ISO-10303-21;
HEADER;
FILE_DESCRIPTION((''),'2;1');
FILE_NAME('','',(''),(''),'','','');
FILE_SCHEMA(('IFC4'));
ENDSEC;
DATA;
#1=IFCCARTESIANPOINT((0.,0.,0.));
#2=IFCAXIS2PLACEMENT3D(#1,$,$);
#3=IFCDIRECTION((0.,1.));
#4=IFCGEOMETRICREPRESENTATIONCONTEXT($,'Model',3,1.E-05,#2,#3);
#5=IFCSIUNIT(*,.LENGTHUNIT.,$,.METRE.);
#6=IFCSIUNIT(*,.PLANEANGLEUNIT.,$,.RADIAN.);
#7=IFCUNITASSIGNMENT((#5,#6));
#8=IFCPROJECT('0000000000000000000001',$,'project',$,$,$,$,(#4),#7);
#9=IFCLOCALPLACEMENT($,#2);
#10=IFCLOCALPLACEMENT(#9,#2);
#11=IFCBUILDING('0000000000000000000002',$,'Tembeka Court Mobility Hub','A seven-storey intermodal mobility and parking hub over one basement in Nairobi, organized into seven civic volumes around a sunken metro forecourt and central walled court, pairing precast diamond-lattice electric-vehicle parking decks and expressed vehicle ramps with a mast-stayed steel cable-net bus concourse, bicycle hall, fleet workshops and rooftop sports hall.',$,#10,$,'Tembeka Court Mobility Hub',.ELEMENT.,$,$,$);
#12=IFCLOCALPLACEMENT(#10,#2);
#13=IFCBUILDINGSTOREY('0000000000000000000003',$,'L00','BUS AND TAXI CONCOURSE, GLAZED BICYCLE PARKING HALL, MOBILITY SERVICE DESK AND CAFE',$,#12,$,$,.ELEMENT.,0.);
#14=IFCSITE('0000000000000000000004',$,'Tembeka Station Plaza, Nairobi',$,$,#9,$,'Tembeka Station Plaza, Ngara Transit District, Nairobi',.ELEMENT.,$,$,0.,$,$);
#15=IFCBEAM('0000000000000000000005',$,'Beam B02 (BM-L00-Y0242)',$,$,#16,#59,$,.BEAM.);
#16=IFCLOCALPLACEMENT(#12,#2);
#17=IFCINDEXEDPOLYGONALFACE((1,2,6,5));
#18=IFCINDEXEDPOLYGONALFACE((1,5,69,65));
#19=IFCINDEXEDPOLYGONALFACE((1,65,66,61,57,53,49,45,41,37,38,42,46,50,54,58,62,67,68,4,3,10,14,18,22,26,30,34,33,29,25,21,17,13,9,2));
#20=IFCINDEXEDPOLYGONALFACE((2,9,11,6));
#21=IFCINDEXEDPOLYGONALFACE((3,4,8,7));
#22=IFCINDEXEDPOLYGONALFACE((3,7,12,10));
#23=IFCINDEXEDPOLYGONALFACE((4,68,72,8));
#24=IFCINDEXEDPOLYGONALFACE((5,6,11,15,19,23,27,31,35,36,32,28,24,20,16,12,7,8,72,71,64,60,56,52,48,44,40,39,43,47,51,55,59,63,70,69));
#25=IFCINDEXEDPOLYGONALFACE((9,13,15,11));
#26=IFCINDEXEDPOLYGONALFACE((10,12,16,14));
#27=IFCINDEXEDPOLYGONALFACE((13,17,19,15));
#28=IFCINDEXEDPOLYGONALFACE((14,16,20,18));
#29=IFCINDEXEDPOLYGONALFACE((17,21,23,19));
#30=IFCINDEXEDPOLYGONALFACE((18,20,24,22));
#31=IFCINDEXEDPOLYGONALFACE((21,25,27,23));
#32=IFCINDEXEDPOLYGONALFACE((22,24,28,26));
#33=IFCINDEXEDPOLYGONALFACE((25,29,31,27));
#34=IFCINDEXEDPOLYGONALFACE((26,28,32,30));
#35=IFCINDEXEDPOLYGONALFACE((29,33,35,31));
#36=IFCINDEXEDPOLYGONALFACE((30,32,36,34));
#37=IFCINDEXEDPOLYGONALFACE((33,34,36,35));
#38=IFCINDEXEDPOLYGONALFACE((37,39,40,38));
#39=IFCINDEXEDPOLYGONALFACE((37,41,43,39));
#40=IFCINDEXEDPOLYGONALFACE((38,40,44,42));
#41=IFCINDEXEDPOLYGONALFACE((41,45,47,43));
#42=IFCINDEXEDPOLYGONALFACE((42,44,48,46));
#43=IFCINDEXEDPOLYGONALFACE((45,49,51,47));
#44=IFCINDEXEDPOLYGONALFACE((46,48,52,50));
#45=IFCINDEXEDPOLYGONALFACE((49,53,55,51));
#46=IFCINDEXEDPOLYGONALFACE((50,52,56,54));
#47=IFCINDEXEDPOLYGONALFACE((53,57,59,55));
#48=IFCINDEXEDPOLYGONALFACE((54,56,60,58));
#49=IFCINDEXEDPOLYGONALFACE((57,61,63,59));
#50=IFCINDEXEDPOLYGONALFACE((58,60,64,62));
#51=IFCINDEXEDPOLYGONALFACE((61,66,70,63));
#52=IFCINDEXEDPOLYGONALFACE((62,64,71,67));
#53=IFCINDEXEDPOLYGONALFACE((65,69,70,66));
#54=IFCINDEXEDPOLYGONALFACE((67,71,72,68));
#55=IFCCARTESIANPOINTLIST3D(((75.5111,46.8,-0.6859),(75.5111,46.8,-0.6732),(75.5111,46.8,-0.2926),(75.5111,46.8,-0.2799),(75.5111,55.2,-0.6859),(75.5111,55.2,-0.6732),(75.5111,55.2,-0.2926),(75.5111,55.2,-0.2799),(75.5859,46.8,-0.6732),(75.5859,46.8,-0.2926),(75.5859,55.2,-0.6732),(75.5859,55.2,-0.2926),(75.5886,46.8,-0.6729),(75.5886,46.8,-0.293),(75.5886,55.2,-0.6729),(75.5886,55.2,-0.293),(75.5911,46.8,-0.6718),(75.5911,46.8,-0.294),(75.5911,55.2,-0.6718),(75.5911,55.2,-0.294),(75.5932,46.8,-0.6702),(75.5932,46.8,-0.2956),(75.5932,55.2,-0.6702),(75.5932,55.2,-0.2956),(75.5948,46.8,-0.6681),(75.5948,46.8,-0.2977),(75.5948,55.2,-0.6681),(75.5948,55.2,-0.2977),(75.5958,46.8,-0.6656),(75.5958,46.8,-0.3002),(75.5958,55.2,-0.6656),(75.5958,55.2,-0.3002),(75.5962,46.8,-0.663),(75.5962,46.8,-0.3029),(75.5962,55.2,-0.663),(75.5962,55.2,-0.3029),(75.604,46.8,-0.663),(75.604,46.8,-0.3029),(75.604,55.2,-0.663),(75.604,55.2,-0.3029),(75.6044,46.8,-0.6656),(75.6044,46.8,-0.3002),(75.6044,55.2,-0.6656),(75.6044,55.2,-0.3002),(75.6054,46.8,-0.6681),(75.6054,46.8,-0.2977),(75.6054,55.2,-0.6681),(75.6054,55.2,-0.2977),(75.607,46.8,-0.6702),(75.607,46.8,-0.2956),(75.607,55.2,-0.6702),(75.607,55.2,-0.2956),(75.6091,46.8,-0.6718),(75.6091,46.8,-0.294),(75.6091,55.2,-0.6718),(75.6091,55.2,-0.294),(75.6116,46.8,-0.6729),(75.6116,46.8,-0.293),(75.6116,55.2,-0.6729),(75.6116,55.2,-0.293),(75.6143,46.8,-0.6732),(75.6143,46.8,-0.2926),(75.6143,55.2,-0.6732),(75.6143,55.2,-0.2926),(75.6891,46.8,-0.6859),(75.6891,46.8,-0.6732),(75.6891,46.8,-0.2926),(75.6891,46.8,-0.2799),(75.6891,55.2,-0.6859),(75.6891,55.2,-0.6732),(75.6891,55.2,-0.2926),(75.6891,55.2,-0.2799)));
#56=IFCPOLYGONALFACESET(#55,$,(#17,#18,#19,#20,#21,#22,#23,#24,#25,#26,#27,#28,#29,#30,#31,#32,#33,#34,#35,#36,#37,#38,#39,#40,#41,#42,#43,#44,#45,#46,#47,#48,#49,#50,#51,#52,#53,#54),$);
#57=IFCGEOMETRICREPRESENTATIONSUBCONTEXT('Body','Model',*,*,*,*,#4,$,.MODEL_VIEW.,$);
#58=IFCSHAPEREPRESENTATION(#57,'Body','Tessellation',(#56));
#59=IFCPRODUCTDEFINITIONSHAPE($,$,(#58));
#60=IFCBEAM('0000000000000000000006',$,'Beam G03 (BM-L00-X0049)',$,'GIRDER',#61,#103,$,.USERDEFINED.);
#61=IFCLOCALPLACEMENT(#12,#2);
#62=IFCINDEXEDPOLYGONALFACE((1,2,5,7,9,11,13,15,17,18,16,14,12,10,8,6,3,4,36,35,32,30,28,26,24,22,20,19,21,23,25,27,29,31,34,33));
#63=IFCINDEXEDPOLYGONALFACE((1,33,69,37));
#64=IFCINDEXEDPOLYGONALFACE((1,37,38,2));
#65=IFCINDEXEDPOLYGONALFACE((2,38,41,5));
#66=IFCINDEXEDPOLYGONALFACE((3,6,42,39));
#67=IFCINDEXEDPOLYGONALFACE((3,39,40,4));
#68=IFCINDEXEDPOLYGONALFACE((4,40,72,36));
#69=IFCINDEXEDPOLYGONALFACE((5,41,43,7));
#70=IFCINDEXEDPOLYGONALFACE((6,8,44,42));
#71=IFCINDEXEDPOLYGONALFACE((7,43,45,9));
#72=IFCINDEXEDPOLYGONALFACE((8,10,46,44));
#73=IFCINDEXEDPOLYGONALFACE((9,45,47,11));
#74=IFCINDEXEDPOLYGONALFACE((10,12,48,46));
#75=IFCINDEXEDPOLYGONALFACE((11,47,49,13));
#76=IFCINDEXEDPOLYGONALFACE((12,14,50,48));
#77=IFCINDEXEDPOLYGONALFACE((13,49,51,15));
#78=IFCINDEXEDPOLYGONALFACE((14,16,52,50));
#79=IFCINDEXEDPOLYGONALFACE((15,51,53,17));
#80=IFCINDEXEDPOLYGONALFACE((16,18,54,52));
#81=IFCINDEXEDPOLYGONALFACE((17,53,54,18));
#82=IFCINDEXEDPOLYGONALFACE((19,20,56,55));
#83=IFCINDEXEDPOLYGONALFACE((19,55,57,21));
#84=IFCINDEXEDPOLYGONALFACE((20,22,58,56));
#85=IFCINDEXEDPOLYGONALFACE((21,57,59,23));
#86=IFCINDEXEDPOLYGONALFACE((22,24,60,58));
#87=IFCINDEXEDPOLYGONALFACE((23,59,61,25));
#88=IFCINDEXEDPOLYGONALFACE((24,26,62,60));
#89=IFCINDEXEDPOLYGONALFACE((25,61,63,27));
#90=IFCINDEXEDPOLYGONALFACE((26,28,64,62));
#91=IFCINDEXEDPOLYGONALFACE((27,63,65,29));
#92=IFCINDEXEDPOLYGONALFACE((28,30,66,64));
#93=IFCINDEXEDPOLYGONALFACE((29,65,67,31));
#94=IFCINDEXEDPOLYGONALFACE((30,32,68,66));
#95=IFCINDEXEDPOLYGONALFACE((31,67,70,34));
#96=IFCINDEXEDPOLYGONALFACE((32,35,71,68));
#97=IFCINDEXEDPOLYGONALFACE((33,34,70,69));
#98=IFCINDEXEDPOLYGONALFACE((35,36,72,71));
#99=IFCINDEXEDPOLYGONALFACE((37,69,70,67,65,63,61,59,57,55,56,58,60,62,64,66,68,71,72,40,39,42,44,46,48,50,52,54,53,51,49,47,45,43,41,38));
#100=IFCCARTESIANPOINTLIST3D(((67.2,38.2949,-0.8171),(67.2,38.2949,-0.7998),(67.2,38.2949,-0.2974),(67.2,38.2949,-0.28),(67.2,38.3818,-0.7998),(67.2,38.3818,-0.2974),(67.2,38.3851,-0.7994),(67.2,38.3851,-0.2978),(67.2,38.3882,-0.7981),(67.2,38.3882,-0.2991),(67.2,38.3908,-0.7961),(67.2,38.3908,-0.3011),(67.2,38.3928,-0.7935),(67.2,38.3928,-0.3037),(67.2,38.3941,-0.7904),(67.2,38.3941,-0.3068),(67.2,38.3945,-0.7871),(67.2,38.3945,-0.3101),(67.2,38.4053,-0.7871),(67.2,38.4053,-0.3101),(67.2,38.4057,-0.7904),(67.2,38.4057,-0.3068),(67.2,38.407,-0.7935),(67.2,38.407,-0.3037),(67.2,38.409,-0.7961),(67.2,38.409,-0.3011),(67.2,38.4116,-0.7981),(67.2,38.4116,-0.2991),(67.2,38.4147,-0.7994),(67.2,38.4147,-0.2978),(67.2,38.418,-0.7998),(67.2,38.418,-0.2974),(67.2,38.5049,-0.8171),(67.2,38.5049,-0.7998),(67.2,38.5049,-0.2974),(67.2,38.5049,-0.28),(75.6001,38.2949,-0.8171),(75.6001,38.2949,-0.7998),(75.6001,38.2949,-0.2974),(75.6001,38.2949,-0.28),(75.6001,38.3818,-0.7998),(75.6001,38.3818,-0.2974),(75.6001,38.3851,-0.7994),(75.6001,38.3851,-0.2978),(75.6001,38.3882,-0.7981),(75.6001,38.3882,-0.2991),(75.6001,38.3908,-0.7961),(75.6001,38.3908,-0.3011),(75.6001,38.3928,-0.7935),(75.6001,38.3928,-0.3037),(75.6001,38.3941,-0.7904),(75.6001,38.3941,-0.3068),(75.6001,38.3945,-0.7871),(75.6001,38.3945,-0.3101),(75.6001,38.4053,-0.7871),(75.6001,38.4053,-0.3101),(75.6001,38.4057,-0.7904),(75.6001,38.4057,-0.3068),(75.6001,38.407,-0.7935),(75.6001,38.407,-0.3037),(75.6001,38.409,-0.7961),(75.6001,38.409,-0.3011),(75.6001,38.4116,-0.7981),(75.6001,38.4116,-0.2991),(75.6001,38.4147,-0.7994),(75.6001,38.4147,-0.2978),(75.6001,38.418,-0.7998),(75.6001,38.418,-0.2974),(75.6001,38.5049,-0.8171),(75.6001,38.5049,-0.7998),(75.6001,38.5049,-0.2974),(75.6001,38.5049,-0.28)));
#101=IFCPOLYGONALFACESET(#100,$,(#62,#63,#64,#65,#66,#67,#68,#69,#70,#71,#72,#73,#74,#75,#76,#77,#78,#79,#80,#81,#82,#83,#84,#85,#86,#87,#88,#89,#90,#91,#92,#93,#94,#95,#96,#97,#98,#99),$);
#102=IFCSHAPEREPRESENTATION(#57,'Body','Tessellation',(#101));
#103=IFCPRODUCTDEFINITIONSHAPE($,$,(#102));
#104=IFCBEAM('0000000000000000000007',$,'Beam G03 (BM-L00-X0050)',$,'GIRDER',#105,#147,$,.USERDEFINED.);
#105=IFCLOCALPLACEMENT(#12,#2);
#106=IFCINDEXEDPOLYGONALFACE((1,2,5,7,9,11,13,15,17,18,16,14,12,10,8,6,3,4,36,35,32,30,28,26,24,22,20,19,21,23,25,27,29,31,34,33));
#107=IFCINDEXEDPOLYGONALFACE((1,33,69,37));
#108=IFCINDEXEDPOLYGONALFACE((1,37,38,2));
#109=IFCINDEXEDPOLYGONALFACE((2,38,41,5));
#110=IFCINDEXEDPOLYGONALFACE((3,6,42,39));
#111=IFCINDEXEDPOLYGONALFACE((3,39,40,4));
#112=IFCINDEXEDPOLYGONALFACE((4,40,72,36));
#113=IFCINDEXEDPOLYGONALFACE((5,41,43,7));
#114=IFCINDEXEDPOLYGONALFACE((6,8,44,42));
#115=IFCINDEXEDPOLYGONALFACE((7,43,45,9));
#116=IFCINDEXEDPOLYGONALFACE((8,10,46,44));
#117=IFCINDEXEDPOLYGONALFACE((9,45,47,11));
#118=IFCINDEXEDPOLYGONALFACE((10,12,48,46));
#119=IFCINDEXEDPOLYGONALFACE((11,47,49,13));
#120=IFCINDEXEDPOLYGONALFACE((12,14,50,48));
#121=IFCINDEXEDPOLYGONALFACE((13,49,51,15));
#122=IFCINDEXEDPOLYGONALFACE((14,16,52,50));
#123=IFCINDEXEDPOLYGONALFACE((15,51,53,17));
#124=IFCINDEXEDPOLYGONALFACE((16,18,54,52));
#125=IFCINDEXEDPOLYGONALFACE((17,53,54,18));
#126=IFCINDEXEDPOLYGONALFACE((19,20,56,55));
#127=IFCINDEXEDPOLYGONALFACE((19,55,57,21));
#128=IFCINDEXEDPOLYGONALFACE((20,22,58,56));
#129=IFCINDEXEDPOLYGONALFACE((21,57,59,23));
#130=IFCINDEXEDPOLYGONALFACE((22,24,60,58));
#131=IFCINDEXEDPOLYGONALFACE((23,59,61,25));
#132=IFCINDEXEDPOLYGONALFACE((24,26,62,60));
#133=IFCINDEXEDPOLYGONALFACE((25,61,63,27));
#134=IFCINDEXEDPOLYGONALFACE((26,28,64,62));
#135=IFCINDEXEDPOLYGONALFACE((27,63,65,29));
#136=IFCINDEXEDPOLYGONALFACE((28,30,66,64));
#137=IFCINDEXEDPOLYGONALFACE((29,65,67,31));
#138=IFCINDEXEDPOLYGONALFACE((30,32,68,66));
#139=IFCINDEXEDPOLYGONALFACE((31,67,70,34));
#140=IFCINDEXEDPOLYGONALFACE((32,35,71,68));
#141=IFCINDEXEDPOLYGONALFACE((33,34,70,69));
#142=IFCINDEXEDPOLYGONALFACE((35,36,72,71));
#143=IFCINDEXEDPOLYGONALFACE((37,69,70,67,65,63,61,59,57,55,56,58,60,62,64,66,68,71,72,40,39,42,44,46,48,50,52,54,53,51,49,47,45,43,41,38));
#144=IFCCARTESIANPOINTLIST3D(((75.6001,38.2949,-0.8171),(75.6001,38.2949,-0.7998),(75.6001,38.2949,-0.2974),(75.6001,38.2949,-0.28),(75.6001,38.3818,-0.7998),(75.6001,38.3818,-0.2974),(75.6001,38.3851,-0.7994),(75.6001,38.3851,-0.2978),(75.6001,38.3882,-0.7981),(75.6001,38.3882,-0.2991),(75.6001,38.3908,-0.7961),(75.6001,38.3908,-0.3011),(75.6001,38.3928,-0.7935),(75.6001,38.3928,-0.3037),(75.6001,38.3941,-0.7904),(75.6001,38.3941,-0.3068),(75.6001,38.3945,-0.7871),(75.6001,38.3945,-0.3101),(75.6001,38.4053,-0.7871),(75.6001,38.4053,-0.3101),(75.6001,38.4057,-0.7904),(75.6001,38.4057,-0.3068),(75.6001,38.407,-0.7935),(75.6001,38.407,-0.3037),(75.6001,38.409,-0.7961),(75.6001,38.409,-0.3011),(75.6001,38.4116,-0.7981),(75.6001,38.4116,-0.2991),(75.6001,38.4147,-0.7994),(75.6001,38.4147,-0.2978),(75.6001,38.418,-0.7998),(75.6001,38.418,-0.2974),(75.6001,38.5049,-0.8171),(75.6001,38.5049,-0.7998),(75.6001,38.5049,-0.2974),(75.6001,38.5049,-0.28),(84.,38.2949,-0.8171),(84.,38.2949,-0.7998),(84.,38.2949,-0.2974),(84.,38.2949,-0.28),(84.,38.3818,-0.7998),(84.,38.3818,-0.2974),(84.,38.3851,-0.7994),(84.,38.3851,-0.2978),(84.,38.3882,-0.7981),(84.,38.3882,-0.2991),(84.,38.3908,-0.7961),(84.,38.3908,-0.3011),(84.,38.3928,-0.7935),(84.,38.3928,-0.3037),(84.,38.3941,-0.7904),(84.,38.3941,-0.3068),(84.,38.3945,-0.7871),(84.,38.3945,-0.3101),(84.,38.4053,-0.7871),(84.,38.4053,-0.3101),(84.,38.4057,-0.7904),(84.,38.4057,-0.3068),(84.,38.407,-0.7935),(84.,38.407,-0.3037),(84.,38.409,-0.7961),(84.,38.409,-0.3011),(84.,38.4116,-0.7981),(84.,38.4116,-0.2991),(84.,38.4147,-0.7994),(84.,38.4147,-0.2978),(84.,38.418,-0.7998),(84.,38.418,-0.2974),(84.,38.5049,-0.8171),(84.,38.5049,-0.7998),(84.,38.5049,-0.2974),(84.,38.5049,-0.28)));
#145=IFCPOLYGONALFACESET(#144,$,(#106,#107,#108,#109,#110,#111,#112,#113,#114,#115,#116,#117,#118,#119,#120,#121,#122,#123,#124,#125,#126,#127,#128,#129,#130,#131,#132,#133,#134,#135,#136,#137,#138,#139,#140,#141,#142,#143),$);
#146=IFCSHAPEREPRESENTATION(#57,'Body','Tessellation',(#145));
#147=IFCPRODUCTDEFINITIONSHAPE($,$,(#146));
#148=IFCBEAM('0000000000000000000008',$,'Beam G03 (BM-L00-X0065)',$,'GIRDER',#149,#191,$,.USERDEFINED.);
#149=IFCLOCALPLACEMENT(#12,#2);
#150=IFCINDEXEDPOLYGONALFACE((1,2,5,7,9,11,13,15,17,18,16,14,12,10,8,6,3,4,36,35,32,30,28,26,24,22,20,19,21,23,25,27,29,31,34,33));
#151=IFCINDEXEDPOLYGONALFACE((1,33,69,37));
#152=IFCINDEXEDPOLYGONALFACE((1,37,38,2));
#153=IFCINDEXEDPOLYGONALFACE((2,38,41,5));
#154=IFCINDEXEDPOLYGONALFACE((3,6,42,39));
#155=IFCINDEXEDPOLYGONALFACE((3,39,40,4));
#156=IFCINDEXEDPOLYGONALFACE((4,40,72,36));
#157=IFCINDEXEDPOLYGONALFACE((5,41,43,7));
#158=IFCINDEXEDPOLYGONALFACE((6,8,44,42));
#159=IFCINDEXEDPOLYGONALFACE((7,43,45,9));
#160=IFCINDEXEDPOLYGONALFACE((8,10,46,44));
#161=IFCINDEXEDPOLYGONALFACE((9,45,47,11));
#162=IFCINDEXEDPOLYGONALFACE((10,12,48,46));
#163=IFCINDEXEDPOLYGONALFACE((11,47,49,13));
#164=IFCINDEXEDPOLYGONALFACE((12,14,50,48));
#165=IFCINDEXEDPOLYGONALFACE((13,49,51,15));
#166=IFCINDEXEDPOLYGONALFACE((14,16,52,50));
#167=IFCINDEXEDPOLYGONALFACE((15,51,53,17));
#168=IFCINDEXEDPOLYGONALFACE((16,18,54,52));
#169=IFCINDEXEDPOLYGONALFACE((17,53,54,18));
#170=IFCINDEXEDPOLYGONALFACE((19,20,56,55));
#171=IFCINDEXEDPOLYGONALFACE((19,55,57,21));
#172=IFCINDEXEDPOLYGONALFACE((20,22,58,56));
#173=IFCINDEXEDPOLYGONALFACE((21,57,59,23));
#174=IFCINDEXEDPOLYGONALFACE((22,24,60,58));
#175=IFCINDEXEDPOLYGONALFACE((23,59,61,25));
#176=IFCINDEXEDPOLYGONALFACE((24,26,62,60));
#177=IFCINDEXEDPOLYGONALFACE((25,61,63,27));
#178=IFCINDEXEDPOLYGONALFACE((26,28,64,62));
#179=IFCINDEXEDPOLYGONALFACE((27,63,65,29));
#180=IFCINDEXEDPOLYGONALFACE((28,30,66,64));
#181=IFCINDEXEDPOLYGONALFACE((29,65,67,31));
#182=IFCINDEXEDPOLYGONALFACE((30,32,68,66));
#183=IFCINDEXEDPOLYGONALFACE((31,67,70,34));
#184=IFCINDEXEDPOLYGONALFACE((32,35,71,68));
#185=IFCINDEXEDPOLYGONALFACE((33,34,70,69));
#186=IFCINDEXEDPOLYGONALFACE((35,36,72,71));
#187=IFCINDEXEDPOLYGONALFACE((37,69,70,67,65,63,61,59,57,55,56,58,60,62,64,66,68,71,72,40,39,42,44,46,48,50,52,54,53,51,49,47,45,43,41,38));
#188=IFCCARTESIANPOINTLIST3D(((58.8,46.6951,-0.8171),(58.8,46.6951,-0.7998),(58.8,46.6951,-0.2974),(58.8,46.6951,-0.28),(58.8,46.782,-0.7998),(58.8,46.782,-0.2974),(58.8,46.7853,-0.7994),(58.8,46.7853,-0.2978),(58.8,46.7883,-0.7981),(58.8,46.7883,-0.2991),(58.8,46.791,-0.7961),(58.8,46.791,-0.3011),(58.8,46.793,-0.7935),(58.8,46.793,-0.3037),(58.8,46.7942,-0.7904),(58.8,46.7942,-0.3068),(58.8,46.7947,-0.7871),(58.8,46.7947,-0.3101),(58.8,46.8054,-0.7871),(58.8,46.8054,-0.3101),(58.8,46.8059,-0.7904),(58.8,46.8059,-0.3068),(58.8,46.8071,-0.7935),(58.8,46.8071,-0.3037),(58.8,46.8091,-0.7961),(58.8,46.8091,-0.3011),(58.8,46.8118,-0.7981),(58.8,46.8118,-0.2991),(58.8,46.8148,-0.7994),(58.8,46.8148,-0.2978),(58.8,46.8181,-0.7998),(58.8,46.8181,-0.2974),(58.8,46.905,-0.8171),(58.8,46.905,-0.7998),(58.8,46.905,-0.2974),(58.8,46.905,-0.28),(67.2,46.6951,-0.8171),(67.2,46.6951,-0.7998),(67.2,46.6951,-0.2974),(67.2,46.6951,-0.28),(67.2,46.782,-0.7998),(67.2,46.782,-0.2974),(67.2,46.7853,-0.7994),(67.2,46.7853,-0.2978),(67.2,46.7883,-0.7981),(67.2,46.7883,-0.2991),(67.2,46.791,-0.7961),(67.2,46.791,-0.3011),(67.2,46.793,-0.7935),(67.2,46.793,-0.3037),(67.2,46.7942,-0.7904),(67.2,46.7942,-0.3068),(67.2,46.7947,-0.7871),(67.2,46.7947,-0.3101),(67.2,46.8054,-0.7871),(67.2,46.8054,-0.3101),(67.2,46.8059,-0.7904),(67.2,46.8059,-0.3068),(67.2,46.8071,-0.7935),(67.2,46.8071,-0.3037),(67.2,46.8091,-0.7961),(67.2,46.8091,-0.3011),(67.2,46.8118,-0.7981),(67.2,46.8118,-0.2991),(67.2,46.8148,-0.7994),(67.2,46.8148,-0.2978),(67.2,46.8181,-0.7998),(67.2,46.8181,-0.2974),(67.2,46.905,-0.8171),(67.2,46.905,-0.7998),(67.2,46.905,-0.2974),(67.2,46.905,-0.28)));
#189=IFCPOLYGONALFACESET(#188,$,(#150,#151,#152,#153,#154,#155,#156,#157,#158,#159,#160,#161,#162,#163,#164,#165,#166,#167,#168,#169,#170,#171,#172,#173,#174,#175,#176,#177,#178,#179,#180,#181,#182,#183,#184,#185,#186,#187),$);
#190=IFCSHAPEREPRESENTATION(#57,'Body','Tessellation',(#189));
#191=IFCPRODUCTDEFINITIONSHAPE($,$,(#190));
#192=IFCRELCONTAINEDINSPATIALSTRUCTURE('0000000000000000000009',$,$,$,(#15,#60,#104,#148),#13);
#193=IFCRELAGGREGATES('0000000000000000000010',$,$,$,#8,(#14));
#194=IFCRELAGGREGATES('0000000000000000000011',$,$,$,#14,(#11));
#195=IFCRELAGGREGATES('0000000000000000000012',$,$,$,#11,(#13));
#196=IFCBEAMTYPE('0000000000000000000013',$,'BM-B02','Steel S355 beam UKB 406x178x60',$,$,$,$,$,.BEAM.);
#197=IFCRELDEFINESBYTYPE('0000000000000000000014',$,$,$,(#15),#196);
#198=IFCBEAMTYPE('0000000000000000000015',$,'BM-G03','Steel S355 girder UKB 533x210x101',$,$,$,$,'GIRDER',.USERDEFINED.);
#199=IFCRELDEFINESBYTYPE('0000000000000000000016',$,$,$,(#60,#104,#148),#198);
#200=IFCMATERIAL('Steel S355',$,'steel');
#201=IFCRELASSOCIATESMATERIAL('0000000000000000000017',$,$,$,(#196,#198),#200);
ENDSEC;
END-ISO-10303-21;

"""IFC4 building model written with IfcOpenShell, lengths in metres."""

from ifc_helpers import new_model, si_unit, direction, frame, origin, origin_2d, place, context, subcontext, project, spatial, i_section, extrude, material, material_profile, profile_set, type_object, element, save


model = new_model("IFC4")

# Units and contexts
model_context = context("Model", 3, precision=1e-05, world=origin(), true_north=direction((0.0, 1.0)))
body_context = subcontext(model_context, "Body", "Model", "MODEL_VIEW")
ifc_project = project(units=[si_unit("LENGTHUNIT", "METRE"), si_unit("PLANEANGLEUNIT", "RADIAN")], contexts=[model_context])

# Site, building, storey
site_placement = place(None, origin())
site = spatial("IfcSite", under=ifc_project, at=site_placement, Name="Tembeka Station Plaza, Nairobi", LongName="Tembeka Station Plaza, Ngara Transit District, Nairobi", CompositionType="ELEMENT", RefElevation=0.0)
building_placement = place(site_placement, origin())
building = spatial("IfcBuilding", under=site, at=building_placement, Name="Tembeka Court Mobility Hub", Description="A seven-storey intermodal mobility and parking hub over one basement in Nairobi, organized into seven civic volumes around a sunken metro forecourt and central walled court, pairing precast diamond-lattice electric-vehicle parking decks and expressed vehicle ramps with a mast-stayed steel cable-net bus concourse, bicycle hall, fleet workshops and rooftop sports hall.", LongName="Tembeka Court Mobility Hub", CompositionType="ELEMENT")
storey_placement = place(building_placement, origin())
storey = spatial("IfcBuildingStorey", under=building, at=storey_placement, Name="L00", Description="BUS AND TAXI CONCOURSE, GLAZED BICYCLE PARKING HALL, MOBILITY SERVICE DESK AND CAFE", CompositionType="ELEMENT", Elevation=0.0)

# Shared definitions
ifc_material_1 = material(Name="Steel S355", Category="steel")

# Beams
ifc_material_profile_1 = material_profile(ifc_material_1, i_section(OverallWidth=0.178, OverallDepth=0.406, WebThickness=0.0078, FlangeThickness=0.0127, FilletRadius=0.0103, at=origin_2d()), Name="UKB 406x178x60")
ifc_profile_set_1 = profile_set([ifc_material_profile_1], Name="Steel S355")
beam_type_1 = type_object("IfcBeamType", Name="BM-B02", Description="Steel S355 beam UKB 406x178x60", PredefinedType="BEAM", material=ifc_profile_set_1)
beam_1_placement = place(storey_placement, frame((75.6001, 46.8, -0.4829), z_axis=(0.0, 1.0, 0.0), x_axis=(-1.0, 0.0, 0.0)))
element("IfcBeam", 1, at=beam_1_placement, inside=storey, type_object=beam_type_1, Name="Beam B02 (BM-L00-Y0242)", PredefinedType="BEAM", context=body_context, shape_type="SweptSolid", body=[
    extrude(i_section(OverallWidth=0.178, OverallDepth=0.406, WebThickness=0.0078, FlangeThickness=0.0127, FilletRadius=0.0103, at=origin_2d()), origin(), (0.0, 0.0, 1.0), 8.3999),
])
ifc_material_profile_2 = material_profile(ifc_material_1, i_section(OverallWidth=0.21, OverallDepth=0.5371, WebThickness=0.0107, FlangeThickness=0.0173, FilletRadius=0.0127, at=origin_2d()), Name="UKB 533x210x101")
ifc_profile_set_2 = profile_set([ifc_material_profile_2], Name="Steel S355")
beam_type_2 = type_object("IfcBeamType", Name="BM-G03", Description="Steel S355 girder UKB 533x210x101", ElementType="GIRDER", PredefinedType="USERDEFINED", material=ifc_profile_set_2)
beam_2_placement = place(storey_placement, frame((67.2, 38.3999, -0.5486), z_axis=(1.0, 0.0, 0.0), x_axis=(0.0, 1.0, 0.0)))
element("IfcBeam", 2, at=beam_2_placement, inside=storey, type_object=beam_type_2, Name="Beam G03 (BM-L00-X0049)", ObjectType="GIRDER", PredefinedType="USERDEFINED", context=body_context, shape_type="SweptSolid", body=[
    extrude(i_section(OverallWidth=0.21, OverallDepth=0.5371, WebThickness=0.0107, FlangeThickness=0.0173, FilletRadius=0.0127, at=origin_2d()), origin(), (0.0, 0.0, 1.0), 8.4001),
])
for number, where, z_axis, x_axis, name in (
    (3, (75.6001, 38.3999, -0.5486), (1.0, 0.0, 0.0), (0.0, 1.0, 0.0), "Beam G03 (BM-L00-X0050)"),
    (4, (58.8, 46.8, -0.5486), (1.0, 0.0, 0.0), (0.0, 1.0, 0.0), "Beam G03 (BM-L00-X0065)"),
):
    element("IfcBeam", number, at=place(storey_placement, frame(where, z_axis=z_axis, x_axis=x_axis)), inside=storey, type_object=beam_type_2, Name=name, ObjectType="GIRDER", PredefinedType="USERDEFINED", context=body_context, shape_type="SweptSolid", body=[
        extrude(i_section(OverallWidth=0.21, OverallDepth=0.5371, WebThickness=0.0107, FlangeThickness=0.0173, FilletRadius=0.0127, at=origin_2d()), origin(), (0.0, 0.0, 1.0), 8.3999),
    ])

save(model, "model.ifc")
